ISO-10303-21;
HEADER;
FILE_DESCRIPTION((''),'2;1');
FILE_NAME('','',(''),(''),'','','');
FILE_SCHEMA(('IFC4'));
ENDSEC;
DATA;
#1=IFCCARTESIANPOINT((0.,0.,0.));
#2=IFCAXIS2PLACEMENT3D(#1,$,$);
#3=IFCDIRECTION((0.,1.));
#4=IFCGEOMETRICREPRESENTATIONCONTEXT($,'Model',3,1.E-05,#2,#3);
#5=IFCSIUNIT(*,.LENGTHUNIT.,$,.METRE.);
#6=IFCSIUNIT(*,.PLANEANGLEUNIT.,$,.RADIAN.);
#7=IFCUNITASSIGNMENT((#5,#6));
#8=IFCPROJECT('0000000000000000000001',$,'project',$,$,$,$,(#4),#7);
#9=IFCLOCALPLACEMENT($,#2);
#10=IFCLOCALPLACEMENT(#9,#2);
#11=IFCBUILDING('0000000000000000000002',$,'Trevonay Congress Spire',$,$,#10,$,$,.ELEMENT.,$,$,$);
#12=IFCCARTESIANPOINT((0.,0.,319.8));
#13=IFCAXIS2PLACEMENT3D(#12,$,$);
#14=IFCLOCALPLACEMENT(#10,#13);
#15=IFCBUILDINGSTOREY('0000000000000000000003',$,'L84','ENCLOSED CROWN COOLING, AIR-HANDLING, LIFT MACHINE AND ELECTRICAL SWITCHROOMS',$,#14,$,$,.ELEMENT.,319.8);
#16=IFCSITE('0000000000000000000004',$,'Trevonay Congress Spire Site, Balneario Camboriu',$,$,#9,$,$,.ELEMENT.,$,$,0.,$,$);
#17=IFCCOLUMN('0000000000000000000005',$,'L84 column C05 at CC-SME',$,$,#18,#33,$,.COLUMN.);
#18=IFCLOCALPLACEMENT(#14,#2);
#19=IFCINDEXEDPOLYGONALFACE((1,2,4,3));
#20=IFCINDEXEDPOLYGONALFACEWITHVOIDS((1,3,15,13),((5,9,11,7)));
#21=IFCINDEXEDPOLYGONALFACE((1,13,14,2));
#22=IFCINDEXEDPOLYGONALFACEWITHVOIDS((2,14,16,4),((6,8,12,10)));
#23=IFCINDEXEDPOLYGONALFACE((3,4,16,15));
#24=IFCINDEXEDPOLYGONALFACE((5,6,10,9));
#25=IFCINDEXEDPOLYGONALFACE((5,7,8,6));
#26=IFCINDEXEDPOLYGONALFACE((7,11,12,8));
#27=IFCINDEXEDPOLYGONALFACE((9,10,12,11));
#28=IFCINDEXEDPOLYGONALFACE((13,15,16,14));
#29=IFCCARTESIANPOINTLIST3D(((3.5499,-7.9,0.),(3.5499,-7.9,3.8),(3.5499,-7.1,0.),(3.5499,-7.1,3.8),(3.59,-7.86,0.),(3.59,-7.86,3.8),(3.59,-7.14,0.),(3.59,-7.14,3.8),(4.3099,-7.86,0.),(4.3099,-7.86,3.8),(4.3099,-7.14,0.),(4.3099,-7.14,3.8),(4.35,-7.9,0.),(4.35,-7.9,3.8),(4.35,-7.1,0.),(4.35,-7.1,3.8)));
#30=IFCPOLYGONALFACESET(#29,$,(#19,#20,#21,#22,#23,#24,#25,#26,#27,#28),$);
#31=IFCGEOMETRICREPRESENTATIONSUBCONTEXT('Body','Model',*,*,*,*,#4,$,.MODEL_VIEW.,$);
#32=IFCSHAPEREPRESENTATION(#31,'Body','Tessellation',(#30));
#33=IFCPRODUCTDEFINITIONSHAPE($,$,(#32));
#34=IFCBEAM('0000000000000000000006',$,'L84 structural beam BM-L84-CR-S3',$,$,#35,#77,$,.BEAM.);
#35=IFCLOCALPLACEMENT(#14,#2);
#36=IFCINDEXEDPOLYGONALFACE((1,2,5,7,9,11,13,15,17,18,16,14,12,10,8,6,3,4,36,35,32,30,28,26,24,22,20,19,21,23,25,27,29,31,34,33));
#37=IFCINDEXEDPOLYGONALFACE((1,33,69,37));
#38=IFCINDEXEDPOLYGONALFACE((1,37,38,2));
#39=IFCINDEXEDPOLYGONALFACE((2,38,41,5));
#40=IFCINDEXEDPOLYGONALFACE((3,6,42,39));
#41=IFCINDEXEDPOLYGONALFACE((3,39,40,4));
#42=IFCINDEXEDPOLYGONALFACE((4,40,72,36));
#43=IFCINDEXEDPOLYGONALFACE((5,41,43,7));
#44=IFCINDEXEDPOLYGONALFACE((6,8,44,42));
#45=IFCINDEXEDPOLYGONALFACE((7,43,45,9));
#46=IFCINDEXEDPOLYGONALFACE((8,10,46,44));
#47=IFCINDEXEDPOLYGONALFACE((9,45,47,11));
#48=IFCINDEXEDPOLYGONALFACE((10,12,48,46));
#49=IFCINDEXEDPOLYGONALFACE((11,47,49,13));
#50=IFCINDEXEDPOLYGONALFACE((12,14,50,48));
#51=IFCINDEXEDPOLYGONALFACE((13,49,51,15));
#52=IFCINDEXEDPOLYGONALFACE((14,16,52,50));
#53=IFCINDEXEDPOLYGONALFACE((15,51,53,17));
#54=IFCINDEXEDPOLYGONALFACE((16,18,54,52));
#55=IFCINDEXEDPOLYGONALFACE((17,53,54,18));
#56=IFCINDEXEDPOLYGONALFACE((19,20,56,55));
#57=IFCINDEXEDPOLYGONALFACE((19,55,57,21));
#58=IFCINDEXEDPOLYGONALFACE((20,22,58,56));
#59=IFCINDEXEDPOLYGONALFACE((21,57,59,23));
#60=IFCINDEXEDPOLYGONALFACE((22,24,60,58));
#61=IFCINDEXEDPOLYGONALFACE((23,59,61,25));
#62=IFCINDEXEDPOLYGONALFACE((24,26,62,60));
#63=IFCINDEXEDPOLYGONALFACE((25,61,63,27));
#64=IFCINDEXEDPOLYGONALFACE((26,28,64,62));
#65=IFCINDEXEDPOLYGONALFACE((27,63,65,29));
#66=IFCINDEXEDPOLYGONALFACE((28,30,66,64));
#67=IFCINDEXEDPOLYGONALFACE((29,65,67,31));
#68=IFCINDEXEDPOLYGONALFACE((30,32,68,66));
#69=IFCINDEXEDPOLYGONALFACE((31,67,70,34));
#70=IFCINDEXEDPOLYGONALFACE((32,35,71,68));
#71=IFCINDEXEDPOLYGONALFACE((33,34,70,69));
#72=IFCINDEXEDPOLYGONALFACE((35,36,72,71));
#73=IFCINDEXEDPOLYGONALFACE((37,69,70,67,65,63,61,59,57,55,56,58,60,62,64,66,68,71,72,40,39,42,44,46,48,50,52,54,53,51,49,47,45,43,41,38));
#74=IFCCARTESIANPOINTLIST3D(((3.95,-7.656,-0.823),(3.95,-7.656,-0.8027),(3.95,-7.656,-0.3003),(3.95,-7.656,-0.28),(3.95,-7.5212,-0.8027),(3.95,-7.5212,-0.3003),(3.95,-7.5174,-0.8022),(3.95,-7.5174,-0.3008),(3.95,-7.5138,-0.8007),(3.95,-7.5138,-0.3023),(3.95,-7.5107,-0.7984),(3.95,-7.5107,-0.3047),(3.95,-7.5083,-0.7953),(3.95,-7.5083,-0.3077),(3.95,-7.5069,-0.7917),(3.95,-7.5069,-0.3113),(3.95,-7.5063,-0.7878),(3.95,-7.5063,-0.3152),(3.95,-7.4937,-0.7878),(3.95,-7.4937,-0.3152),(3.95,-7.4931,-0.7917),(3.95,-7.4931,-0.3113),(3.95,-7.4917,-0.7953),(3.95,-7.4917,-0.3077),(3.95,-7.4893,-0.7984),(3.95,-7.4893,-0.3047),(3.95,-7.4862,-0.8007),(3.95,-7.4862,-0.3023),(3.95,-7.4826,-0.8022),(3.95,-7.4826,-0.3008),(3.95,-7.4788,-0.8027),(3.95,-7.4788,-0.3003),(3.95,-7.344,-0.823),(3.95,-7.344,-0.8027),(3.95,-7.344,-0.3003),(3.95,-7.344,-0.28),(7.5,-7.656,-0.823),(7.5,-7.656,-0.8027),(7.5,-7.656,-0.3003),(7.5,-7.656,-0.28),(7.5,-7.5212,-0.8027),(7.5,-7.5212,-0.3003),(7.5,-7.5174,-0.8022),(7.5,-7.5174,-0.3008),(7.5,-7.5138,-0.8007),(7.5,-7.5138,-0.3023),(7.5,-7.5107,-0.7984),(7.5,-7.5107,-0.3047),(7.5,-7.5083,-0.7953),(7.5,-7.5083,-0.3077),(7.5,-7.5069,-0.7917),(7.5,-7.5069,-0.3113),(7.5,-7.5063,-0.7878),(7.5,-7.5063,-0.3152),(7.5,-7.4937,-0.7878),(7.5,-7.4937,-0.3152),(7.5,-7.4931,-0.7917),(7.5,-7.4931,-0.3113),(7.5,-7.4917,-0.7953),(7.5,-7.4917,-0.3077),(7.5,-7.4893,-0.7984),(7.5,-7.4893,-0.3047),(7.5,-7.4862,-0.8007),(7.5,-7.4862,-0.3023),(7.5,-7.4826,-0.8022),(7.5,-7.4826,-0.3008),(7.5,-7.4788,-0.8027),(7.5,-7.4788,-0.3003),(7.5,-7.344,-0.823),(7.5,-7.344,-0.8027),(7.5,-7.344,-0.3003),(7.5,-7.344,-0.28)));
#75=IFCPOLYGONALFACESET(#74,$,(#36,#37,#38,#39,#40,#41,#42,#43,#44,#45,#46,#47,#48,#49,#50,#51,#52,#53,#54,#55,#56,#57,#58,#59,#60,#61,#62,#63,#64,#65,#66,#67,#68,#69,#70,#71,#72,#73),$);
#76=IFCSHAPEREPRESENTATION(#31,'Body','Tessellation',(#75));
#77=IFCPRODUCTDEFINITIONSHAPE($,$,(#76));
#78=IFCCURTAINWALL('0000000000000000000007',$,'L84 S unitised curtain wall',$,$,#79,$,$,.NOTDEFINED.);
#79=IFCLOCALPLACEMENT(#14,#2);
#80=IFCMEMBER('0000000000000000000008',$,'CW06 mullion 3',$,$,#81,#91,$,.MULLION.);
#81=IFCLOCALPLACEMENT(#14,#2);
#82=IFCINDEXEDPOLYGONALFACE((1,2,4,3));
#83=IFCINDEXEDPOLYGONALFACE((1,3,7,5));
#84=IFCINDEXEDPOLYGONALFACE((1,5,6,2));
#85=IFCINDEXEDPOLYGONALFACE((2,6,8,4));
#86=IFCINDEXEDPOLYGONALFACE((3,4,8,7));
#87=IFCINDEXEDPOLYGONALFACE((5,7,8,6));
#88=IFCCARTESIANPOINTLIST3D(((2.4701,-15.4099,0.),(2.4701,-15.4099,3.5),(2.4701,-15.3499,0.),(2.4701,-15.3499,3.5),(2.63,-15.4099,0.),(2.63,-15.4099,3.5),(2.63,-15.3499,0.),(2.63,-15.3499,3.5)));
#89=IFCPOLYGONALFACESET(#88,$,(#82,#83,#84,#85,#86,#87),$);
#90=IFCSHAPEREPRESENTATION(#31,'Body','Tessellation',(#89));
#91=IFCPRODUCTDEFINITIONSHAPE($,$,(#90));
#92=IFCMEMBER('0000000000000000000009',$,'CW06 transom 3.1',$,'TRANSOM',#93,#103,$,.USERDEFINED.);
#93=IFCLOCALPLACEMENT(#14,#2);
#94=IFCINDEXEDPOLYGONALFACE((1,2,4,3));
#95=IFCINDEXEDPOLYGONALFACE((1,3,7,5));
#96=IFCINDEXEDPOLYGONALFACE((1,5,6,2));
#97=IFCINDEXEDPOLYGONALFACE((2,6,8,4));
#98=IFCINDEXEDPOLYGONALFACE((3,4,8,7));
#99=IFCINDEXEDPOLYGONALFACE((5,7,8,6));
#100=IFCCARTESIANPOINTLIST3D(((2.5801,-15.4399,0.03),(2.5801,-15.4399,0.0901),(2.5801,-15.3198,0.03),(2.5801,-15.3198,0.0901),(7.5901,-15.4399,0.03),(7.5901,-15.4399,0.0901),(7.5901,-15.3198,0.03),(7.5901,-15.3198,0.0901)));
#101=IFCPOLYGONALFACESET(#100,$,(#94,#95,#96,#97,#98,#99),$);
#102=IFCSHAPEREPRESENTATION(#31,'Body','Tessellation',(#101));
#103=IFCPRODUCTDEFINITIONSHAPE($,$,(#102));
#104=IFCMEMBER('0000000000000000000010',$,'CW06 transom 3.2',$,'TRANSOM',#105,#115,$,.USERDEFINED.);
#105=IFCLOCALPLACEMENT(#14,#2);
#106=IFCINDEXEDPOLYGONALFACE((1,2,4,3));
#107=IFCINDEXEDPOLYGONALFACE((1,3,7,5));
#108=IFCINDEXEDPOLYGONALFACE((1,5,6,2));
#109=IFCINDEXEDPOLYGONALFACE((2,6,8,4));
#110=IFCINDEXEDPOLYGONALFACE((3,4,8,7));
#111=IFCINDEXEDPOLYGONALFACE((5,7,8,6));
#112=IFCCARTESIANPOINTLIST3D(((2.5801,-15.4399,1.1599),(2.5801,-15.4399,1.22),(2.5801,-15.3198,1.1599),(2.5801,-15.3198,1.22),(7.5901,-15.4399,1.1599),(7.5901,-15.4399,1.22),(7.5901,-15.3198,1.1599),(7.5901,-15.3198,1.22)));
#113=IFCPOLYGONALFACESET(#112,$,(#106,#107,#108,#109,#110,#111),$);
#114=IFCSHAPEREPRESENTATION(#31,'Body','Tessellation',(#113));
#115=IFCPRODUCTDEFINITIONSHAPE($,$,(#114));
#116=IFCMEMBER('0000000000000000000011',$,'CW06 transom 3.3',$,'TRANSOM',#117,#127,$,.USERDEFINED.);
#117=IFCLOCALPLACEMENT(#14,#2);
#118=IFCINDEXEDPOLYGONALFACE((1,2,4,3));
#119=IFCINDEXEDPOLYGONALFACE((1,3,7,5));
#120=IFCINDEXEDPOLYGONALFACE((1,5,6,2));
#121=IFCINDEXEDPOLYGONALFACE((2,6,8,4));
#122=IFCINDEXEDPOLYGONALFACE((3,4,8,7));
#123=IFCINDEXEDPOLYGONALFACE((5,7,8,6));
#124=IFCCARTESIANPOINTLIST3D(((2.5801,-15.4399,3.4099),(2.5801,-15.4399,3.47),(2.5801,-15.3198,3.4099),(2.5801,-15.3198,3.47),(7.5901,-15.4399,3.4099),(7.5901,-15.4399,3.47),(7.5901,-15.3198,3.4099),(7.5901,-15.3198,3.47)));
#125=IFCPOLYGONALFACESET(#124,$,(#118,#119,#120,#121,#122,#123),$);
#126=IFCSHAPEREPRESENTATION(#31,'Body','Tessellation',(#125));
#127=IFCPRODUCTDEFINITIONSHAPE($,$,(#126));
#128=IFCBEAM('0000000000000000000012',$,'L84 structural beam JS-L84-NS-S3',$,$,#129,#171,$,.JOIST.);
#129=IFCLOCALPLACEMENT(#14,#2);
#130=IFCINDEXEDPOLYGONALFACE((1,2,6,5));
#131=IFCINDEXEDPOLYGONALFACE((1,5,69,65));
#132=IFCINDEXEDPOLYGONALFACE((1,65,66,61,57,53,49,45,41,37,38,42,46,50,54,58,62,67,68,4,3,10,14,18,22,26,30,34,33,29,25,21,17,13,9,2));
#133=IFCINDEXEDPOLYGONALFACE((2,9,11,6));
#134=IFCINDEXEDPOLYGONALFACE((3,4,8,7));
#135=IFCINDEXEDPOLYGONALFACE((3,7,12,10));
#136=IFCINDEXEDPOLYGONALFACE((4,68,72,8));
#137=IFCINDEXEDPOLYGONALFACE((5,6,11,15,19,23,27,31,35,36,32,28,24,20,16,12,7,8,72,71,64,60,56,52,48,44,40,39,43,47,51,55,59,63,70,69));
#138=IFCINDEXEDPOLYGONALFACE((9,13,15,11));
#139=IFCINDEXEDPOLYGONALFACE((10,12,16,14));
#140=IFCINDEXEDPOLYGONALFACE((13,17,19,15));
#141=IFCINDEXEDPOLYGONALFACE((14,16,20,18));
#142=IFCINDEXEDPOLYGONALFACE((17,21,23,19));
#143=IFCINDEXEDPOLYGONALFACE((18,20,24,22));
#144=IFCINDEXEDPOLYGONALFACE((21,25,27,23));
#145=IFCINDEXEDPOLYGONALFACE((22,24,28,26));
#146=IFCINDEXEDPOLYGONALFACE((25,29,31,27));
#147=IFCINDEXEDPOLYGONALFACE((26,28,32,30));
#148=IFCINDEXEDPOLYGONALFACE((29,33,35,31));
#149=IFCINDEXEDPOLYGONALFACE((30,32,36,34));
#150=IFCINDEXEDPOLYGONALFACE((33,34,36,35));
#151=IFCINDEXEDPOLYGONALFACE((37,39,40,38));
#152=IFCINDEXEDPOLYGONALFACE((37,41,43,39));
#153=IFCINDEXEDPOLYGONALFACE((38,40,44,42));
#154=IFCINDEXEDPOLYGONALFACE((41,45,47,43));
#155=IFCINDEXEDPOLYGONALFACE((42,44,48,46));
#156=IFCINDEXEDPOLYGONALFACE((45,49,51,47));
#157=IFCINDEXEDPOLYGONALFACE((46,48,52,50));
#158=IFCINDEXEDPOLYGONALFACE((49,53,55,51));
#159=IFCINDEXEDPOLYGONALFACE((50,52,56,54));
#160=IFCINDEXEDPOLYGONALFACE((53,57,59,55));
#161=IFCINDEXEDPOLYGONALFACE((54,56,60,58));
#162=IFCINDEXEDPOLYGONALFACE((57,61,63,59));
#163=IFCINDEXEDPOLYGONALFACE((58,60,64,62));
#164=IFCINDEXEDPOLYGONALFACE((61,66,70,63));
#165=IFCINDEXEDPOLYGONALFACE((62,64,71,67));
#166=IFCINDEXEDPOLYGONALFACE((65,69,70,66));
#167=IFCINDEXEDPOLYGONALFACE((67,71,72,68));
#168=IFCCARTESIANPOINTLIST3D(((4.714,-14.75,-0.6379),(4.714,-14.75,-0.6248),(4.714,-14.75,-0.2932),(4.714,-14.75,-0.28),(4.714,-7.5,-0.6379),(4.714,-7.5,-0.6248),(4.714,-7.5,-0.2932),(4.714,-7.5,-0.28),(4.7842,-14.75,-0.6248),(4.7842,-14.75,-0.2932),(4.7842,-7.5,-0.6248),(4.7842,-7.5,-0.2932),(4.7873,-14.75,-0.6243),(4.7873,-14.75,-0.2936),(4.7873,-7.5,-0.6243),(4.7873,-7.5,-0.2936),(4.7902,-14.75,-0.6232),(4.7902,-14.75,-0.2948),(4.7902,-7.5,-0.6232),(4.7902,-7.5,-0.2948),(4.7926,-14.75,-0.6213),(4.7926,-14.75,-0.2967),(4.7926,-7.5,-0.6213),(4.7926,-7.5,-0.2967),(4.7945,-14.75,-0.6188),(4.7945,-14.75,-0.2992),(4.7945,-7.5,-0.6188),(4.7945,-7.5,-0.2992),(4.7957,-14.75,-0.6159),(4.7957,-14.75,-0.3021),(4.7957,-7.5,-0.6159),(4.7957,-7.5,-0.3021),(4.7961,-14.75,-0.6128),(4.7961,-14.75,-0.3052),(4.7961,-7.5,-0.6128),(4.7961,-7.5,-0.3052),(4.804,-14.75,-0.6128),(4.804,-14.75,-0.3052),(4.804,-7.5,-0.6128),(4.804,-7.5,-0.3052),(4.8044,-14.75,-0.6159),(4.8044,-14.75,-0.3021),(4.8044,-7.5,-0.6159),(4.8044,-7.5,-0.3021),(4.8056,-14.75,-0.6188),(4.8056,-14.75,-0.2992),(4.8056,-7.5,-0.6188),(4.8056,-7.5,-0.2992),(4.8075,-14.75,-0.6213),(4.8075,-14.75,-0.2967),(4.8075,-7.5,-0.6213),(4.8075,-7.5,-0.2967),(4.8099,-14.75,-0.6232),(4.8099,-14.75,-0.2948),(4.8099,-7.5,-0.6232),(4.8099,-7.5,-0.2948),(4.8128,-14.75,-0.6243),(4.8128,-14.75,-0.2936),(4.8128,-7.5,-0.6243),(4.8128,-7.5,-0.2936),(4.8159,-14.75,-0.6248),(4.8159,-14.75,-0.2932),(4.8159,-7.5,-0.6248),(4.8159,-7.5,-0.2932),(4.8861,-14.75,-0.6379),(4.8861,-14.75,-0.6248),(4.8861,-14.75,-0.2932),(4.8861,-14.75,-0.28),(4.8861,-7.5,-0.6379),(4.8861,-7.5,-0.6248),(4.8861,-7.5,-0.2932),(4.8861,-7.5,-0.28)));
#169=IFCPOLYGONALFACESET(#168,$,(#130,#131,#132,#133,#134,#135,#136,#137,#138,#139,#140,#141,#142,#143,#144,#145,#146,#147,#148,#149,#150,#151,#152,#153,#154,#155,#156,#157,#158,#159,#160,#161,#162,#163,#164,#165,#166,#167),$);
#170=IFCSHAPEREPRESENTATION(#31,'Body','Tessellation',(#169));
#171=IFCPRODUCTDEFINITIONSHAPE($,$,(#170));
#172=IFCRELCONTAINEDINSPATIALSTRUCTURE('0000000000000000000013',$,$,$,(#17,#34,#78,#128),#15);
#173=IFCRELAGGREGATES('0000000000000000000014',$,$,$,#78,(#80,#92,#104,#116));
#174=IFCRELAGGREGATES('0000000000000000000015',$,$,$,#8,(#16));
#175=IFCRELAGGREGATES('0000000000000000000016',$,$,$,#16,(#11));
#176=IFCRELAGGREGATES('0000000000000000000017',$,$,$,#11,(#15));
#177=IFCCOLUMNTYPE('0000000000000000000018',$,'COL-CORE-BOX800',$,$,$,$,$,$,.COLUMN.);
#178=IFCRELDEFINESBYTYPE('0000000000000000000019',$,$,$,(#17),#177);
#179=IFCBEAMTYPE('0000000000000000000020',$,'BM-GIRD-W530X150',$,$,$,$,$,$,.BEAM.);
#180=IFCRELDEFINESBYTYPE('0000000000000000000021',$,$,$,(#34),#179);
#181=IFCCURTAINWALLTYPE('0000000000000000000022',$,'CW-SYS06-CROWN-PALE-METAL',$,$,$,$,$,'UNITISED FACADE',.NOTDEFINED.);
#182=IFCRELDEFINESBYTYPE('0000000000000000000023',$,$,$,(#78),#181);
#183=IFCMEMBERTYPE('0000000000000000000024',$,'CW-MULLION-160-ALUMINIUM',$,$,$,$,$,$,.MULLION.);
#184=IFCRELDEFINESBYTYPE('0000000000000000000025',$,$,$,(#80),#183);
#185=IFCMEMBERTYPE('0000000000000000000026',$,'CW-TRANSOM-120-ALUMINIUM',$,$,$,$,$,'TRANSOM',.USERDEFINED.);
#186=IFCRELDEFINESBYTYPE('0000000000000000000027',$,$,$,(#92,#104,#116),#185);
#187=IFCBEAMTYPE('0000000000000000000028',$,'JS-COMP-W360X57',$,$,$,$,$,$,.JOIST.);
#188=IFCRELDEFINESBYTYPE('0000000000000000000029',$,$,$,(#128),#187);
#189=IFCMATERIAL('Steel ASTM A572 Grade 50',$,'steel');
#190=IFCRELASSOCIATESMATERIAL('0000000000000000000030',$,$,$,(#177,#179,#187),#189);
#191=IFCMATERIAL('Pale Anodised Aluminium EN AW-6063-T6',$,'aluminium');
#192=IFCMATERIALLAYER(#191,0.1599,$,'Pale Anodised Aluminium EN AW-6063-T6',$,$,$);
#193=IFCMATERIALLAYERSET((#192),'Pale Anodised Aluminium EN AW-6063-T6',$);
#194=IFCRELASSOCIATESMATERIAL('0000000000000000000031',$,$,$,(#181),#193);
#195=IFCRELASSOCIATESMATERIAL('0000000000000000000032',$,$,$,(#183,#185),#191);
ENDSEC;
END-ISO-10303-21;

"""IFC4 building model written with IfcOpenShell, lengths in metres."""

from ifc_helpers import new_model, si_unit, direction, frame, origin, origin_2d, place, context, subcontext, project, spatial, rectangle, hollow_rectangle, i_section, extrude, material, layer, layer_set, material_profile, profile_set, type_object, element, aggregate, save


model = new_model("IFC4")

# Units and contexts
model_context = context("Model", 3, precision=1e-05, world=origin(), true_north=direction((0.0, 1.0)))
body_context = subcontext(model_context, "Body", "Model", "MODEL_VIEW")
ifc_project = project(units=[si_unit("LENGTHUNIT", "METRE"), si_unit("PLANEANGLEUNIT", "RADIAN")], contexts=[model_context])

# Site, building, storey
site_placement = place(None, origin())
site = spatial("IfcSite", under=ifc_project, at=site_placement, Name="Trevonay Congress Spire Site, Balneario Camboriu", CompositionType="ELEMENT", RefElevation=0.0)
building_placement = place(site_placement, origin())
building = spatial("IfcBuilding", under=site, at=building_placement, Name="Trevonay Congress Spire", CompositionType="ELEMENT")
storey_placement = place(building_placement, frame((0.0, 0.0, 319.8)))
storey = spatial("IfcBuildingStorey", under=building, at=storey_placement, Name="L84", Description="ENCLOSED CROWN COOLING, AIR-HANDLING, LIFT MACHINE AND ELECTRICAL SWITCHROOMS", CompositionType="ELEMENT", Elevation=319.8)

# Column
ifc_material_1 = material(Name="Steel ASTM A572 Grade 50", Category="steel")
ifc_material_profile_1 = material_profile(ifc_material_1, hollow_rectangle(XDim=0.8, YDim=0.8, WallThickness=0.04, at=origin_2d()), Name="BOX 800x800x40")
ifc_profile_set_1 = profile_set([ifc_material_profile_1], Name="Steel ASTM A572 Grade 50")
column_type = type_object("IfcColumnType", Name="COL-CORE-BOX800", PredefinedType="COLUMN", material=ifc_profile_set_1)
column_placement = place(storey_placement, frame((3.95, -7.5, 0.0), z_axis=(0.0, 0.0, 1.0), x_axis=(1.0, 0.0, 0.0)))
element("IfcColumn", 1, at=column_placement, inside=storey, type_object=column_type, Name="L84 column C05 at CC-SME", PredefinedType="COLUMN", context=body_context, shape_type="SweptSolid", body=[
    extrude(hollow_rectangle(XDim=0.8, YDim=0.8, WallThickness=0.04, at=origin_2d()), origin(), (0.0, 0.0, 1.0), 3.8),
])

# Beam
ifc_material_profile_2 = material_profile(ifc_material_1, i_section(OverallWidth=0.312, OverallDepth=0.543, WebThickness=0.0127, FlangeThickness=0.0203, FilletRadius=0.0149, at=origin_2d()), Name="W530x150")
ifc_profile_set_2 = profile_set([ifc_material_profile_2], Name="Steel ASTM A572 Grade 50")
beam_type_1 = type_object("IfcBeamType", Name="BM-GIRD-W530X150", PredefinedType="BEAM", material=ifc_profile_set_2)
beam_1_placement = place(storey_placement, frame((3.95, -7.5, -0.5515), z_axis=(1.0, 0.0, 0.0), x_axis=(0.0, 1.0, 0.0)))
element("IfcBeam", 2, at=beam_1_placement, inside=storey, type_object=beam_type_1, Name="L84 structural beam BM-L84-CR-S3", PredefinedType="BEAM", context=body_context, shape_type="SweptSolid", body=[
    extrude(i_section(OverallWidth=0.312, OverallDepth=0.543, WebThickness=0.0127, FlangeThickness=0.0203, FilletRadius=0.0149, at=origin_2d()), origin(), (0.0, 0.0, 1.0), 3.55),
])

# Curtain wall, members
ifc_material_2 = material(Name="Pale Anodised Aluminium EN AW-6063-T6", Category="aluminium")
ifc_layer_1 = layer(ifc_material_2, 0.1599, Name="Pale Anodised Aluminium EN AW-6063-T6")
ifc_layer_set_1 = layer_set([ifc_layer_1], Name="Pale Anodised Aluminium EN AW-6063-T6")
curtain_wall_type = type_object("IfcCurtainWallType", Name="CW-SYS06-CROWN-PALE-METAL", ElementType="UNITISED FACADE", PredefinedType="NOTDEFINED", material=ifc_layer_set_1)
curtain_wall_placement = place(storey_placement, origin())
curtain_wall = element("IfcCurtainWall", 3, at=curtain_wall_placement, inside=storey, type_object=curtain_wall_type, Name="L84 S unitised curtain wall", PredefinedType="NOTDEFINED")
ifc_material_profile_3 = material_profile(ifc_material_2, rectangle(XDim=0.0601, YDim=0.1599, at=origin_2d()), Name="CW-MULLION-160-ALUMINIUM")
ifc_profile_set_3 = profile_set([ifc_material_profile_3], Name="Pale Anodised Aluminium EN AW-6063-T6")
member_type_1 = type_object("IfcMemberType", Name="CW-MULLION-160-ALUMINIUM", PredefinedType="MULLION", material=ifc_profile_set_3)
member_1_placement = place(storey_placement, frame((2.55, -15.3799, 0.0), z_axis=(0.0, 0.0, 1.0), x_axis=(0.0, 1.0, 0.0)))
member_1 = element("IfcMember", 4, at=member_1_placement, type_object=member_type_1, Name="CW06 mullion 3", PredefinedType="MULLION", context=body_context, shape_type="SweptSolid", body=[
    extrude(rectangle(XDim=0.0601, YDim=0.1599, at=origin_2d()), origin(), (0.0, 0.0, 1.0), 3.5),
])
ifc_material_profile_4 = material_profile(ifc_material_2, rectangle(XDim=0.1201, YDim=0.0601, at=origin_2d()), Name="CW-TRANSOM-120-ALUMINIUM")
ifc_profile_set_4 = profile_set([ifc_material_profile_4], Name="Pale Anodised Aluminium EN AW-6063-T6")
member_type_2 = type_object("IfcMemberType", Name="CW-TRANSOM-120-ALUMINIUM", ElementType="TRANSOM", PredefinedType="USERDEFINED", material=ifc_profile_set_4)
member_2_placement = place(storey_placement, frame((2.5801, -15.3799, 0.0601), z_axis=(1.0, 0.0, 0.0), x_axis=(0.0, 1.0, 0.0)))
member_2 = element("IfcMember", 5, at=member_2_placement, type_object=member_type_2, Name="CW06 transom 3.1", ObjectType="TRANSOM", PredefinedType="USERDEFINED", context=body_context, shape_type="SweptSolid", body=[
    extrude(rectangle(XDim=0.1201, YDim=0.0601, at=origin_2d()), origin(), (0.0, 0.0, 1.0), 5.01),
])
member_3_placement = place(storey_placement, frame((2.5801, -15.3799, 1.1899), z_axis=(1.0, 0.0, 0.0), x_axis=(0.0, 1.0, 0.0)))
member_3 = element("IfcMember", 6, at=member_3_placement, type_object=member_type_2, Name="CW06 transom 3.2", ObjectType="TRANSOM", PredefinedType="USERDEFINED", context=body_context, shape_type="SweptSolid", body=[
    extrude(rectangle(XDim=0.1201, YDim=0.0601, at=origin_2d()), origin(), (0.0, 0.0, 1.0), 5.01),
])
member_4_placement = place(storey_placement, frame((2.5801, -15.3799, 3.4399), z_axis=(1.0, 0.0, 0.0), x_axis=(0.0, 1.0, 0.0)))
member_4 = element("IfcMember", 7, at=member_4_placement, type_object=member_type_2, Name="CW06 transom 3.3", ObjectType="TRANSOM", PredefinedType="USERDEFINED", context=body_context, shape_type="SweptSolid", body=[
    extrude(rectangle(XDim=0.1201, YDim=0.0601, at=origin_2d()), origin(), (0.0, 0.0, 1.0), 5.01),
])

# Beam
ifc_material_profile_5 = material_profile(ifc_material_1, i_section(OverallWidth=0.1721, OverallDepth=0.3579, WebThickness=0.0078, FlangeThickness=0.0132, FilletRadius=0.012, at=origin_2d()), Name="W360x57.8")
ifc_profile_set_5 = profile_set([ifc_material_profile_5], Name="Steel ASTM A572 Grade 50")
beam_type_2 = type_object("IfcBeamType", Name="JS-COMP-W360X57", PredefinedType="JOIST", material=ifc_profile_set_5)
beam_2_placement = place(storey_placement, frame((4.8, -14.75, -0.459), z_axis=(0.0, 1.0, 0.0), x_axis=(-1.0, 0.0, 0.0)))
element("IfcBeam", 8, at=beam_2_placement, inside=storey, type_object=beam_type_2, Name="L84 structural beam JS-L84-NS-S3", PredefinedType="JOIST", context=body_context, shape_type="SweptSolid", body=[
    extrude(i_section(OverallWidth=0.1721, OverallDepth=0.3579, WebThickness=0.0078, FlangeThickness=0.0132, FilletRadius=0.012, at=origin_2d()), origin(), (0.0, 0.0, 1.0), 7.25),
])

aggregate(curtain_wall, [member_1, member_2, member_3, member_4])

save(model, "model.ifc")
